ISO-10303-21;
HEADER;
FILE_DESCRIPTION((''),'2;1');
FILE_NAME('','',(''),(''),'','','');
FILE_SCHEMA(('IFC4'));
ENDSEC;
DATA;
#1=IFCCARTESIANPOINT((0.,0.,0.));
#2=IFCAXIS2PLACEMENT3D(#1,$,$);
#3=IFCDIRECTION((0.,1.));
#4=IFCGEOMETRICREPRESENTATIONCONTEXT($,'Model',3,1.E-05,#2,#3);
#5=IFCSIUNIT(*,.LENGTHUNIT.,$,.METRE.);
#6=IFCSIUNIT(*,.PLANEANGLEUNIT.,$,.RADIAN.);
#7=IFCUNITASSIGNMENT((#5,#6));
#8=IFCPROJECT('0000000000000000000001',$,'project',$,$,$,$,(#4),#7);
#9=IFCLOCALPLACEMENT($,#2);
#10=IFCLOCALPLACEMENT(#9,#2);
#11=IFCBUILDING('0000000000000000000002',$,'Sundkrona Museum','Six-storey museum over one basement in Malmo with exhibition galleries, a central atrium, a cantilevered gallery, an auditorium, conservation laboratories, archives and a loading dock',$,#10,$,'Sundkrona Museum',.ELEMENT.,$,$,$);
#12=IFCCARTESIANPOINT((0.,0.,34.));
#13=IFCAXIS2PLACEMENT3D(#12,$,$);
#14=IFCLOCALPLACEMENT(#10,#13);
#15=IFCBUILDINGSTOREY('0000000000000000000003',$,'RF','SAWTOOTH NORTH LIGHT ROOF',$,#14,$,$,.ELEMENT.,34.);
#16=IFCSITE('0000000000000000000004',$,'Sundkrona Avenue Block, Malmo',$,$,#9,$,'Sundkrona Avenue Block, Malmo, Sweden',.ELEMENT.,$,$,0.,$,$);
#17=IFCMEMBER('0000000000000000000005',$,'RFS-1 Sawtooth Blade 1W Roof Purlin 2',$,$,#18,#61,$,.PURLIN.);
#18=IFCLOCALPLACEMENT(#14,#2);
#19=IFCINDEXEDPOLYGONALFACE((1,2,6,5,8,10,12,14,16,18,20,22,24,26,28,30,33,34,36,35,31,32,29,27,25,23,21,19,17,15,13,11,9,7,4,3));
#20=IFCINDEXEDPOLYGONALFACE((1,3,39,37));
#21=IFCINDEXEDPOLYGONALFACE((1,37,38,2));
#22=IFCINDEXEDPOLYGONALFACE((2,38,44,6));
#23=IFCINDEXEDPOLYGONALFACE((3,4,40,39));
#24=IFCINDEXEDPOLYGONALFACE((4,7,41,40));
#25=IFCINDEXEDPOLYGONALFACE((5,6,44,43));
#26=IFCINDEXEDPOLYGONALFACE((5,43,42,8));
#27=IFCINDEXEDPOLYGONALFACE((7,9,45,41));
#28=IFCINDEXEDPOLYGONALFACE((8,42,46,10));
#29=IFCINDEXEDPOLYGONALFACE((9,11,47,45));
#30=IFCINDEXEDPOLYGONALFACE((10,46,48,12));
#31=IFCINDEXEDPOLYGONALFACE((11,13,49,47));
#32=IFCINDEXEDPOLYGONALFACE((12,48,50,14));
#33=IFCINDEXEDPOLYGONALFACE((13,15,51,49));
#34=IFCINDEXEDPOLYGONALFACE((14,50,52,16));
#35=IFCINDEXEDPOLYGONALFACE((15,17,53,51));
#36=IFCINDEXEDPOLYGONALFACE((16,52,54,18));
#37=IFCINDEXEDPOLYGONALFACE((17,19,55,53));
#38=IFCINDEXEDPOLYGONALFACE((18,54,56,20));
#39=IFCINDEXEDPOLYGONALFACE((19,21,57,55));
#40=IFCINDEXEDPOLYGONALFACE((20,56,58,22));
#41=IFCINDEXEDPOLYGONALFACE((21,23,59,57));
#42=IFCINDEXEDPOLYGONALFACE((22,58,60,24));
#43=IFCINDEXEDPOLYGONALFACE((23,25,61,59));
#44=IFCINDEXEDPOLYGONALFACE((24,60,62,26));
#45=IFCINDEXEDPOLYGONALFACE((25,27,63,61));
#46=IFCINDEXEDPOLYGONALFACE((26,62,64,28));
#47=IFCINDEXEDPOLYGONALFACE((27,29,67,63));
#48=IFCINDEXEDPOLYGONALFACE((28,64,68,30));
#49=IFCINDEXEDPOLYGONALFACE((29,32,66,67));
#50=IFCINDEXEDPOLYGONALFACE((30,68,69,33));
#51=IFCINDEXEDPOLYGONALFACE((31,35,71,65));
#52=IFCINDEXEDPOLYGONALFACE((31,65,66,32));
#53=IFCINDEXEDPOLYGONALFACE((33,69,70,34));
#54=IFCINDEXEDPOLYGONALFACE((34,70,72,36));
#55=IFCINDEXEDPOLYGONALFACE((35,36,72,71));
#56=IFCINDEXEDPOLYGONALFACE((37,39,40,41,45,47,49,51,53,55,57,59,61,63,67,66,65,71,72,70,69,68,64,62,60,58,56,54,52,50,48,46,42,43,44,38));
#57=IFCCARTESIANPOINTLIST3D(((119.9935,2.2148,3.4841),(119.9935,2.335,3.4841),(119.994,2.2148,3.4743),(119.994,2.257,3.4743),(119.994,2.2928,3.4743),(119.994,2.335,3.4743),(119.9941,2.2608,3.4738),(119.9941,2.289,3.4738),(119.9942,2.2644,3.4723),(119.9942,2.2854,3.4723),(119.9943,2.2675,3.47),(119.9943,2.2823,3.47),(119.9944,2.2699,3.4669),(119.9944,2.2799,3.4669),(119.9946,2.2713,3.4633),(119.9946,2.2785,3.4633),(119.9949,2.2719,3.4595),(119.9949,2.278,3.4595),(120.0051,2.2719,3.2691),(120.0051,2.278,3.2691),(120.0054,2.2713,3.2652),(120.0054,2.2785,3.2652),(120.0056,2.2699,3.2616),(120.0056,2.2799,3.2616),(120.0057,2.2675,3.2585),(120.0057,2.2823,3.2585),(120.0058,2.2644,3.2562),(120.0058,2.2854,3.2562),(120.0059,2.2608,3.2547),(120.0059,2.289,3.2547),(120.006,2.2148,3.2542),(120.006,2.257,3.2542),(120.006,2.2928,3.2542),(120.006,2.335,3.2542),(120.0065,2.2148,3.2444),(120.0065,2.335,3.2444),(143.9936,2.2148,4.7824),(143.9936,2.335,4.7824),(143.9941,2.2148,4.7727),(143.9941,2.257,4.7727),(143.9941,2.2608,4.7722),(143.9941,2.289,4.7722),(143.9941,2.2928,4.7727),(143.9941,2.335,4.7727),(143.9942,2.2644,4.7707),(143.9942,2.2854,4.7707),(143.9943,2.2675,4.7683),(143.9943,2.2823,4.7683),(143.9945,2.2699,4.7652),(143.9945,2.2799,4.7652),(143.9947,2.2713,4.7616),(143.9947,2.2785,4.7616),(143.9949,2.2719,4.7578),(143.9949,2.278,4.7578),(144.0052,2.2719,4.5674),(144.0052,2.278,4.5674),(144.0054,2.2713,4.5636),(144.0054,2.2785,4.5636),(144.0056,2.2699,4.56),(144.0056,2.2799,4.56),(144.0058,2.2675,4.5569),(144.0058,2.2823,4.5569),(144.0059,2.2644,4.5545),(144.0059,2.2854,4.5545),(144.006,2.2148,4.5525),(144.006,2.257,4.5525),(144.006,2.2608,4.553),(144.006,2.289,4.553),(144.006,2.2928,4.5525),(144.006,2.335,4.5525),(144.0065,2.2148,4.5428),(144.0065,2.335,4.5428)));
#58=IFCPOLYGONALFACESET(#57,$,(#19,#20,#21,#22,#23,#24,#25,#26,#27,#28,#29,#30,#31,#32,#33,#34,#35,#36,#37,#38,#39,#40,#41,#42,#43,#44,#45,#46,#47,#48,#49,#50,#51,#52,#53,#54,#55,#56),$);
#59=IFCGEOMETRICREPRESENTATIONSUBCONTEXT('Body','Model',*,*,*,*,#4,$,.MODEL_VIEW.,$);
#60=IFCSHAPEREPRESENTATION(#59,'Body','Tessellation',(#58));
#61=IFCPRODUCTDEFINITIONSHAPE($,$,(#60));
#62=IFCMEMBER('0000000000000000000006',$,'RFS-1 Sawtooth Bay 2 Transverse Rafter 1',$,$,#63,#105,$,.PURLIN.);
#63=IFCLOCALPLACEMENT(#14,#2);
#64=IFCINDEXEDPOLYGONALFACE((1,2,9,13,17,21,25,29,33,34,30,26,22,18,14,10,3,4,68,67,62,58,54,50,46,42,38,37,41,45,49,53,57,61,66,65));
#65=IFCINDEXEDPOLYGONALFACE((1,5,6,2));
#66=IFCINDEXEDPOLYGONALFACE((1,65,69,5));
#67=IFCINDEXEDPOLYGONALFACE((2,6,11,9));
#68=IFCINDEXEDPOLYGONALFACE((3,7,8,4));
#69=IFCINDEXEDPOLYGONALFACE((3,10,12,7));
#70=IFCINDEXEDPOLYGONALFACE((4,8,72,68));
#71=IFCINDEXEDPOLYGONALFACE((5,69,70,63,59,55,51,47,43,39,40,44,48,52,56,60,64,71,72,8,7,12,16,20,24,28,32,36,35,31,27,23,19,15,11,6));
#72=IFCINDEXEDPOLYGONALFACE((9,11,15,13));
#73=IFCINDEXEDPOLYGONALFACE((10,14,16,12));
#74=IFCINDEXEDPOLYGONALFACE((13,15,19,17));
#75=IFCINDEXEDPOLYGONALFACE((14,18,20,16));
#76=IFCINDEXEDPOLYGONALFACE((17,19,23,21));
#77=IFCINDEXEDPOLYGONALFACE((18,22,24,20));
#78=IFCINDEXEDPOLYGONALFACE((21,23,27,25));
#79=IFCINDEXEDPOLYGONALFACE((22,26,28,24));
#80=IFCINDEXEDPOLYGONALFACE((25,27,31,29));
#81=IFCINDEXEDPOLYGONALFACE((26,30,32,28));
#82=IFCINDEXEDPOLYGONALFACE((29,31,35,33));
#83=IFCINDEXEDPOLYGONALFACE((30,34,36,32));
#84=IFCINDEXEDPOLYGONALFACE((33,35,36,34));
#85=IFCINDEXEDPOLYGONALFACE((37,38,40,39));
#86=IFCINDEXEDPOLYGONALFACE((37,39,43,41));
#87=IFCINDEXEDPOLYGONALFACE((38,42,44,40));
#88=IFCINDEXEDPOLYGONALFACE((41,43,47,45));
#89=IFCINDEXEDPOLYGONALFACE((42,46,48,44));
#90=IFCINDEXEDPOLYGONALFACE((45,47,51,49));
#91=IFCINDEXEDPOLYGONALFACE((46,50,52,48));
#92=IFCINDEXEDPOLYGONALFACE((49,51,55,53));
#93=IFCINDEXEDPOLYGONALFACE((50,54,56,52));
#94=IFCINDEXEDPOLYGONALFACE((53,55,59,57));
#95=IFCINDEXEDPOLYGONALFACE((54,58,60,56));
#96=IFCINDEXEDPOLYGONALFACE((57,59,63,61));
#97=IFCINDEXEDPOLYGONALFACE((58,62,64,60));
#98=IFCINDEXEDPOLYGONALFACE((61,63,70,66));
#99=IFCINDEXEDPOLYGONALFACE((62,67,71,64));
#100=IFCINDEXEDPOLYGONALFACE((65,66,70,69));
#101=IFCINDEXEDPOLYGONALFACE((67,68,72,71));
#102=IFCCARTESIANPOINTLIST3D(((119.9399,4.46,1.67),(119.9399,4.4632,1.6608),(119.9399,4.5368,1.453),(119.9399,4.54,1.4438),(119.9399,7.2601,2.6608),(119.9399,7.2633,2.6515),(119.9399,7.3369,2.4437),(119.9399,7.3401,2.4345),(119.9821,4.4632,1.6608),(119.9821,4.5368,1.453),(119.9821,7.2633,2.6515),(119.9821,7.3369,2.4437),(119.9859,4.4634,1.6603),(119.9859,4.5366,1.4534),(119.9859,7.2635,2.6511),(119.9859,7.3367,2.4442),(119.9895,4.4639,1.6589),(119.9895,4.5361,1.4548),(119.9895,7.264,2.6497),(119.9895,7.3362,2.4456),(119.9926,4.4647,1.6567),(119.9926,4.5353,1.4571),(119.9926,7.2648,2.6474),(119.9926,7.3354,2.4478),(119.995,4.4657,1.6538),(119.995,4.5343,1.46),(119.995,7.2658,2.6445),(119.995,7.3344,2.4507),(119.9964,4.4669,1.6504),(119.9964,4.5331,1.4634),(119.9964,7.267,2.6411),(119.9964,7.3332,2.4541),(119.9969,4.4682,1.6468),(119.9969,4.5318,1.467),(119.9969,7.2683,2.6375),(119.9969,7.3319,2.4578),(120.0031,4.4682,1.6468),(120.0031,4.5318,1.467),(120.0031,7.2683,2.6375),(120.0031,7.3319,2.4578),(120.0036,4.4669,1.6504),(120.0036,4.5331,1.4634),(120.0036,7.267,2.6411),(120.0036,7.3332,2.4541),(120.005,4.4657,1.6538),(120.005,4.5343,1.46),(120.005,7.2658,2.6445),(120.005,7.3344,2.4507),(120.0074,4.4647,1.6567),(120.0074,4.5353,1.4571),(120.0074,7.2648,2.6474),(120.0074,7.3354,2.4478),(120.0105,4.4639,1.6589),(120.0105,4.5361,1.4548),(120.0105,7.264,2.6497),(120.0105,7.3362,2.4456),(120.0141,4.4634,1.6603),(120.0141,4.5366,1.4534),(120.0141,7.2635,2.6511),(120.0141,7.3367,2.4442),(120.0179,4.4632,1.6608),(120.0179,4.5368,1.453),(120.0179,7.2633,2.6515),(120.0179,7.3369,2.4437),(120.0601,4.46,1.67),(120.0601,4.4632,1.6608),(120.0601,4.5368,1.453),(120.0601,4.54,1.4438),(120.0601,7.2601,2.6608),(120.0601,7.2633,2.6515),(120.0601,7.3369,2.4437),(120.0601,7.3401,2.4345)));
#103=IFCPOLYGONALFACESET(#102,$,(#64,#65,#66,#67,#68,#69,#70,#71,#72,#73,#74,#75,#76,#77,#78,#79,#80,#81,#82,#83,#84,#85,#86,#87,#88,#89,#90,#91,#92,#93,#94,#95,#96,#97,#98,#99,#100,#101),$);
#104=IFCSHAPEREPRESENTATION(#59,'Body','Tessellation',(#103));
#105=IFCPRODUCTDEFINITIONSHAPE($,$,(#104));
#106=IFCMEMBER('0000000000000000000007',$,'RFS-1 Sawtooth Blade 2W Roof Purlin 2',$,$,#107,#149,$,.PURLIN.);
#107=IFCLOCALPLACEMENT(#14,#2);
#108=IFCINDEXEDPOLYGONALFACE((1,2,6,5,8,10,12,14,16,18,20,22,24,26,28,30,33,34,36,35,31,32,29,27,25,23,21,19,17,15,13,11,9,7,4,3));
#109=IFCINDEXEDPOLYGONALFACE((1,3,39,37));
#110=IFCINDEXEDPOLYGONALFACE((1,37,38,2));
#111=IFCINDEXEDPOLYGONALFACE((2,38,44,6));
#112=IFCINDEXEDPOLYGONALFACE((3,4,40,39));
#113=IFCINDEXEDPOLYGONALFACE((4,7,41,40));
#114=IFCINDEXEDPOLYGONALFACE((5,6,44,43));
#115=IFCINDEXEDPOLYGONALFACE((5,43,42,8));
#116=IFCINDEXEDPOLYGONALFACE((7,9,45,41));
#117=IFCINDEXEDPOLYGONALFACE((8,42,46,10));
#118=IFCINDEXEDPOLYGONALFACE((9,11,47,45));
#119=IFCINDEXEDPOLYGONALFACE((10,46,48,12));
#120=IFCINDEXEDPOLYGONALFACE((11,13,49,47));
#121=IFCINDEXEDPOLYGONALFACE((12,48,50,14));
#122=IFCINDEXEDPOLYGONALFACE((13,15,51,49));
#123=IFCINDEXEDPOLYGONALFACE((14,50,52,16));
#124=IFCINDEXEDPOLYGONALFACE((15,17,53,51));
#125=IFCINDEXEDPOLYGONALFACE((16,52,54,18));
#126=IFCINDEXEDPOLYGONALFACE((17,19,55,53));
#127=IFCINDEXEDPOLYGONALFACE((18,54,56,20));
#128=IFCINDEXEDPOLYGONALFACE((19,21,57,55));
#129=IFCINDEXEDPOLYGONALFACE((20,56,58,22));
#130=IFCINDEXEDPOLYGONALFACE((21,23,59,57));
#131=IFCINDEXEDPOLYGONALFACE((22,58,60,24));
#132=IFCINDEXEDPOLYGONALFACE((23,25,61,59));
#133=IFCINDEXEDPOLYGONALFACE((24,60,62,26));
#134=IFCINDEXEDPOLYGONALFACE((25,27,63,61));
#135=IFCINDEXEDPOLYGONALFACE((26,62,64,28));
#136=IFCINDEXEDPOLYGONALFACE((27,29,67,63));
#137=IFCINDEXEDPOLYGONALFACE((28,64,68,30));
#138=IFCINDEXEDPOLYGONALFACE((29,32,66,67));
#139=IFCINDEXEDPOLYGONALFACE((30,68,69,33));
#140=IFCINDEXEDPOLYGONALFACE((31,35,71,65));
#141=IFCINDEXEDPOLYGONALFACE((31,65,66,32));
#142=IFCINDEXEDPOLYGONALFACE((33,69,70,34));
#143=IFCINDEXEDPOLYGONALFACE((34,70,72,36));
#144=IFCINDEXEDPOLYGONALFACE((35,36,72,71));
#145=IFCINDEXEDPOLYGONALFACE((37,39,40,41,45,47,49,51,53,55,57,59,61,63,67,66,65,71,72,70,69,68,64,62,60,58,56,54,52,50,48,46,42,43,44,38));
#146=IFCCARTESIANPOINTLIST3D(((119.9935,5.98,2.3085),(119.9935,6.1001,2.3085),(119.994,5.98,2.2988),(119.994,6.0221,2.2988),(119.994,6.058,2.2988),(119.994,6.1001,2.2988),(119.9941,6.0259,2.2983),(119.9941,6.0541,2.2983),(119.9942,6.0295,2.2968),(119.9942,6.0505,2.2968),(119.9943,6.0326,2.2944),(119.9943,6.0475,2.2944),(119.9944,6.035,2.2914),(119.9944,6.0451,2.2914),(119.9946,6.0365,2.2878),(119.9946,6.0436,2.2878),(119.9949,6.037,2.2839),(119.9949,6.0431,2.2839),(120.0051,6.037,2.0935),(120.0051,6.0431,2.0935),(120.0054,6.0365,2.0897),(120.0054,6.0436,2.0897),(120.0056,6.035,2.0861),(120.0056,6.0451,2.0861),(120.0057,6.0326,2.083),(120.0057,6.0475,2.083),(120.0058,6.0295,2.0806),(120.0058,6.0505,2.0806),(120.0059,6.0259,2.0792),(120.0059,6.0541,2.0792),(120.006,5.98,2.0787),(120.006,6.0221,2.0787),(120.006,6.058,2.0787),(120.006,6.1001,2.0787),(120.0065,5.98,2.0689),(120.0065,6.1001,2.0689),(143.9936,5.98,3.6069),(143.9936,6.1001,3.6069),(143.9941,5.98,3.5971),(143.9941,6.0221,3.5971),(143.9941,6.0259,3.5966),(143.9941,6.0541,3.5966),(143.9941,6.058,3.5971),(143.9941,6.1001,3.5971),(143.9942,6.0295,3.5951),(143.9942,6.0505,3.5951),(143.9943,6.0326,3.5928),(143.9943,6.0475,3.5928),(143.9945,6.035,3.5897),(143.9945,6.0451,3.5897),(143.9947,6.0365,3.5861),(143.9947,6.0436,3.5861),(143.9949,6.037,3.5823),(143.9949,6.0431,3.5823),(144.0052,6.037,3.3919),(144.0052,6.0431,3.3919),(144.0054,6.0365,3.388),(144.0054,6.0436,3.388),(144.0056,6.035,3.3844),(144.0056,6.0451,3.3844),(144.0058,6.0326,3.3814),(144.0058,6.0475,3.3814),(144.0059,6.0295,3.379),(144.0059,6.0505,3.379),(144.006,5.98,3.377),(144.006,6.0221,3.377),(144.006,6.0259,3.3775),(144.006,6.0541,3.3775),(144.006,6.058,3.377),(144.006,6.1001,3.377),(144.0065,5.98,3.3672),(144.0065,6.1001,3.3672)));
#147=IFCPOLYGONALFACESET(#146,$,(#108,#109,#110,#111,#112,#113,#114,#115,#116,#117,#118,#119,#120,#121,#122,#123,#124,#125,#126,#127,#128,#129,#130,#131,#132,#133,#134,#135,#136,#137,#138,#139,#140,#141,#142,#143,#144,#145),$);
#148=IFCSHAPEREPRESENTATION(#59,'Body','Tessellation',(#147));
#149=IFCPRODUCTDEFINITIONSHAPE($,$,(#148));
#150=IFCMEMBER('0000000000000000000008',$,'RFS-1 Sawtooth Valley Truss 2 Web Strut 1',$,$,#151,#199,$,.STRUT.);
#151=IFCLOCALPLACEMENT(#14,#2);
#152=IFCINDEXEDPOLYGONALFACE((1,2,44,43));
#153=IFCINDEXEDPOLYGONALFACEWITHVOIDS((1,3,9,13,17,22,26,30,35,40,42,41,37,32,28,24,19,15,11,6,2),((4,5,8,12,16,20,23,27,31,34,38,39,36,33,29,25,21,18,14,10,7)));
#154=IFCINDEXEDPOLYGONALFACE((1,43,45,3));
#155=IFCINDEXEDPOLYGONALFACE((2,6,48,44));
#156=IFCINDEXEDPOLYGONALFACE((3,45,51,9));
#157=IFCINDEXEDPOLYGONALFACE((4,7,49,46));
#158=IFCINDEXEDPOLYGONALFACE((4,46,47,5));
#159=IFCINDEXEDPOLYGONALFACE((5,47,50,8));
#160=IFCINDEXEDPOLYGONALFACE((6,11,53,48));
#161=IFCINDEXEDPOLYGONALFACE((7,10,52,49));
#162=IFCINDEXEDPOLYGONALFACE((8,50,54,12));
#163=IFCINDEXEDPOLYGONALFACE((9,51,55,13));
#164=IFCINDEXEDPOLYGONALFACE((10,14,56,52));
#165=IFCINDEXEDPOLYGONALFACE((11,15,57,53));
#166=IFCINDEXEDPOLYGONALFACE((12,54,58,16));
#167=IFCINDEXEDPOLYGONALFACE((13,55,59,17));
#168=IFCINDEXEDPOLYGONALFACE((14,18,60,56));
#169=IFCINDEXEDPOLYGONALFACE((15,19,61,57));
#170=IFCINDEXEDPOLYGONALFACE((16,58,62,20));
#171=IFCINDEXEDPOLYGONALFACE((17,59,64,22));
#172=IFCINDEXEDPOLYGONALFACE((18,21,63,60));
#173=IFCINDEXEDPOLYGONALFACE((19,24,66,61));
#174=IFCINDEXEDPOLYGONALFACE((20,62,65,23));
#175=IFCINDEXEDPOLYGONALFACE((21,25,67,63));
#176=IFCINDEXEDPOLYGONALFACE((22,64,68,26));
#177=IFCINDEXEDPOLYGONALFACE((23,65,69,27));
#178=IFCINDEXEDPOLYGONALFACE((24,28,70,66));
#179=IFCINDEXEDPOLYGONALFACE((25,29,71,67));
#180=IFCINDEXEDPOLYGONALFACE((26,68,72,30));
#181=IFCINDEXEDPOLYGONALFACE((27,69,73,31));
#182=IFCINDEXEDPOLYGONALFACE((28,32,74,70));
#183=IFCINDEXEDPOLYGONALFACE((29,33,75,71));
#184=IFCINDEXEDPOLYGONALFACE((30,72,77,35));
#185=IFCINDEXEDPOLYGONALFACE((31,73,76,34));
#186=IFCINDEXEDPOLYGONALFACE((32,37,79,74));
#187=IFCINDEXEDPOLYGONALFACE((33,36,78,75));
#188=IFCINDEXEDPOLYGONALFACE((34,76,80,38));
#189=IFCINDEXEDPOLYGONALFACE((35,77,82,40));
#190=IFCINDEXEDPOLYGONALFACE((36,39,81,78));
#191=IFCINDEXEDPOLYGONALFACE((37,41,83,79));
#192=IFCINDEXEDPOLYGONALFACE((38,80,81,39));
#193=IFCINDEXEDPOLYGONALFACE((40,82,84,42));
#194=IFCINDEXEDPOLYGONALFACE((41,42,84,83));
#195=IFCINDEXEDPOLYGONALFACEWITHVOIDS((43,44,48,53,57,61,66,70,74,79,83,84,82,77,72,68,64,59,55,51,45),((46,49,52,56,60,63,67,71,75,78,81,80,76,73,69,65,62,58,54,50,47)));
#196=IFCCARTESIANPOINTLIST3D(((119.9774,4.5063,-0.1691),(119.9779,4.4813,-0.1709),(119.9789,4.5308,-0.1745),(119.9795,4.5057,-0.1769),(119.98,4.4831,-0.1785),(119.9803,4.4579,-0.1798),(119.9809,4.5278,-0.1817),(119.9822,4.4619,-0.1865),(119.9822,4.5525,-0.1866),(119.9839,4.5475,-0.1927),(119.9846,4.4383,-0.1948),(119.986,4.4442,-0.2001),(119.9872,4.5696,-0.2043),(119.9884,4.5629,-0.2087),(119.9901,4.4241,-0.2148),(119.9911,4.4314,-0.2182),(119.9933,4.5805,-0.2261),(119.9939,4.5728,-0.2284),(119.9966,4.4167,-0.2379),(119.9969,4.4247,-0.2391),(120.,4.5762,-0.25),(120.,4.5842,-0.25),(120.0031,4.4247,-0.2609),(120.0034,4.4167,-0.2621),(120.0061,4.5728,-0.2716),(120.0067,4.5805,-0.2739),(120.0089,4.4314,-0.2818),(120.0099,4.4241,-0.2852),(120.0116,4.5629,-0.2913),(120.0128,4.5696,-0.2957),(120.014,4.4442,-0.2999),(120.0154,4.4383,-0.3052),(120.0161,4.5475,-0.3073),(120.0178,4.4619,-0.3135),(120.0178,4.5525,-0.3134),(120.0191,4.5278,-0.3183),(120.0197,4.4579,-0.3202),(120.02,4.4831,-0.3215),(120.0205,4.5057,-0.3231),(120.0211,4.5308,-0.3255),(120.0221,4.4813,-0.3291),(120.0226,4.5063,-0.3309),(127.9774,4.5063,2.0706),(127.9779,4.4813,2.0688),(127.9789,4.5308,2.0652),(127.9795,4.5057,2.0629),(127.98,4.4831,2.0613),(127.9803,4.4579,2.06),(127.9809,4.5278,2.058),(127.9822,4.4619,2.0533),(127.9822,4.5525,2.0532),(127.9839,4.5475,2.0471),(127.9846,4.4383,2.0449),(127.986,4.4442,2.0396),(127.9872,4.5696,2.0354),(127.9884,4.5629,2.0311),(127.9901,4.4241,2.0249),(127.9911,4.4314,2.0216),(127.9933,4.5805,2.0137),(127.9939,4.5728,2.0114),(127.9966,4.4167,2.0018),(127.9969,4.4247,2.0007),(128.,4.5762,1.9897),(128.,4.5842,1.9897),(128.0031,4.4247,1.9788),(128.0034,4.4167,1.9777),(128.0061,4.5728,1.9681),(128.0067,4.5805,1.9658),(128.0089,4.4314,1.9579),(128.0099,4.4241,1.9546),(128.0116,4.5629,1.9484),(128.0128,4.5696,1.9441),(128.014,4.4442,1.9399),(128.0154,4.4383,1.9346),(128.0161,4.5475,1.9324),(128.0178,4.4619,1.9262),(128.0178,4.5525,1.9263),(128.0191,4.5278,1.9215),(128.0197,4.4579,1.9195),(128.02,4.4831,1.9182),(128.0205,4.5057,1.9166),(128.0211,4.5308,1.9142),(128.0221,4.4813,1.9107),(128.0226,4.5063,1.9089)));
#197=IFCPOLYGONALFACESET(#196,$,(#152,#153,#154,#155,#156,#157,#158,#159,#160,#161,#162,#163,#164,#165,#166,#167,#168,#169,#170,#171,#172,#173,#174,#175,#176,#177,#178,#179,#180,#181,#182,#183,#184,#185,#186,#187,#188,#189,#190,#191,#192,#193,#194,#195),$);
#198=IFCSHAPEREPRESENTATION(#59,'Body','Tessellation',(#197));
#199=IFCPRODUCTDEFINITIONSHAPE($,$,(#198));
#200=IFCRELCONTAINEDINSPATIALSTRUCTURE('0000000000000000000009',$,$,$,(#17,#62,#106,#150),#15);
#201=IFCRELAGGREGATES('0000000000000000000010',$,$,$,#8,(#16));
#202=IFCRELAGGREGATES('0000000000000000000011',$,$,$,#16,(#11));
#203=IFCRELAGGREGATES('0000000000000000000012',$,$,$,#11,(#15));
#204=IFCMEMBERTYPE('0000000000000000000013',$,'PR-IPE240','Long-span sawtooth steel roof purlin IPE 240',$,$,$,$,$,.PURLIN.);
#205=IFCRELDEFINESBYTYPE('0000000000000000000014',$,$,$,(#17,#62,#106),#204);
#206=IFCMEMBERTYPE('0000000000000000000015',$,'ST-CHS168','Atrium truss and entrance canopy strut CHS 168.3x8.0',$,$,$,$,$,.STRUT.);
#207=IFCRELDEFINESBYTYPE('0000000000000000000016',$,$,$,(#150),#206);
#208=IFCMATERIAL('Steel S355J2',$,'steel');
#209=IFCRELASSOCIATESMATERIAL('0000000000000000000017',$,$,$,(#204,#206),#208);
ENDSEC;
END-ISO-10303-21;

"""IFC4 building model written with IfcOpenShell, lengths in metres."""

from ifc_helpers import new_model, si_unit, direction, frame, origin, origin_2d, place, context, subcontext, project, spatial, hollow_circle, i_section, extrude, material, material_profile, profile_set, type_object, element, save


model = new_model("IFC4")

# Units and contexts
model_context = context("Model", 3, precision=1e-05, world=origin(), true_north=direction((0.0, 1.0)))
body_context = subcontext(model_context, "Body", "Model", "MODEL_VIEW")
ifc_project = project(units=[si_unit("LENGTHUNIT", "METRE"), si_unit("PLANEANGLEUNIT", "RADIAN")], contexts=[model_context])

# Site, building, storey
site_placement = place(None, origin())
site = spatial("IfcSite", under=ifc_project, at=site_placement, Name="Sundkrona Avenue Block, Malmo", LongName="Sundkrona Avenue Block, Malmo, Sweden", CompositionType="ELEMENT", RefElevation=0.0)
building_placement = place(site_placement, origin())
building = spatial("IfcBuilding", under=site, at=building_placement, Name="Sundkrona Museum", Description="Six-storey museum over one basement in Malmo with exhibition galleries, a central atrium, a cantilevered gallery, an auditorium, conservation laboratories, archives and a loading dock", LongName="Sundkrona Museum", CompositionType="ELEMENT")
storey_placement = place(building_placement, frame((0.0, 0.0, 34.0)))
storey = spatial("IfcBuildingStorey", under=building, at=storey_placement, Name="RF", Description="SAWTOOTH NORTH LIGHT ROOF", CompositionType="ELEMENT", Elevation=34.0)

# Members
ifc_material_1 = material(Name="Steel S355J2", Category="steel")
ifc_material_profile_1 = material_profile(ifc_material_1, i_section(OverallWidth=0.1201, OverallDepth=0.24, WebThickness=0.0061, FlangeThickness=0.0098, FilletRadius=0.0149, at=origin_2d()), Name="IPE 240")
ifc_profile_set_1 = profile_set([ifc_material_profile_1], Name="Steel S355J2")
member_type_1 = type_object("IfcMemberType", Name="PR-IPE240", Description="Long-span sawtooth steel roof purlin IPE 240", PredefinedType="PURLIN", material=ifc_profile_set_1)
member_1_placement = place(storey_placement, frame((120.0, 2.2749, 3.3643), z_axis=(0.99854, 0.0, 0.054019), x_axis=(0.0, 1.0, 0.0)))
element("IfcMember", 1, at=member_1_placement, inside=storey, type_object=member_type_1, Name="RFS-1 Sawtooth Blade 1W Roof Purlin 2", PredefinedType="PURLIN", context=body_context, shape_type="SweptSolid", body=[
    extrude(i_section(OverallWidth=0.1201, OverallDepth=0.24, WebThickness=0.0061, FlangeThickness=0.0098, FilletRadius=0.0149, at=origin_2d()), origin(), (0.0, 0.0, 1.0), 24.0352),
])
member_2_placement = place(storey_placement, frame((120.0, 4.5, 1.5569), z_axis=(0.0, 0.942729, 0.33356), x_axis=(-1.0, 0.0, 0.0)))
element("IfcMember", 2, at=member_2_placement, inside=storey, type_object=member_type_1, Name="RFS-1 Sawtooth Bay 2 Transverse Rafter 1", PredefinedType="PURLIN", context=body_context, shape_type="SweptSolid", body=[
    extrude(i_section(OverallWidth=0.1201, OverallDepth=0.24, WebThickness=0.0061, FlangeThickness=0.0098, FilletRadius=0.0149, at=origin_2d()), origin(), (0.0, 0.0, 1.0), 2.9702),
])
member_3_placement = place(storey_placement, frame((120.0, 6.04, 2.1887), z_axis=(0.99854, 0.0, 0.054019), x_axis=(0.0, 1.0, 0.0)))
element("IfcMember", 3, at=member_3_placement, inside=storey, type_object=member_type_1, Name="RFS-1 Sawtooth Blade 2W Roof Purlin 2", PredefinedType="PURLIN", context=body_context, shape_type="SweptSolid", body=[
    extrude(i_section(OverallWidth=0.1201, OverallDepth=0.24, WebThickness=0.0061, FlangeThickness=0.0098, FilletRadius=0.0149, at=origin_2d()), origin(), (0.0, 0.0, 1.0), 24.0352),
])
ifc_material_profile_2 = material_profile(ifc_material_1, hollow_circle(Radius=0.0842, WallThickness=0.0081, at=origin_2d()), Name="CHS 168.3x8.0")
ifc_profile_set_2 = profile_set([ifc_material_profile_2], Name="Steel S355J2")
member_type_2 = type_object("IfcMemberType", Name="ST-CHS168", Description="Atrium truss and entrance canopy strut CHS 168.3x8.0", PredefinedType="STRUT", material=ifc_profile_set_2)
member_4_placement = place(storey_placement, frame((120.0, 4.5, -0.25), z_axis=(0.962972, 0.0, 0.269602), x_axis=(0.0, 1.0, 0.0)))
element("IfcMember", 4, at=member_4_placement, inside=storey, type_object=member_type_2, Name="RFS-1 Sawtooth Valley Truss 2 Web Strut 1", PredefinedType="STRUT", context=body_context, shape_type="SweptSolid", body=[
    extrude(hollow_circle(Radius=0.0842, WallThickness=0.0081, at=origin_2d()), origin(), (0.0, 0.0, 1.0), 8.3076),
])

save(model, "model.ifc")
